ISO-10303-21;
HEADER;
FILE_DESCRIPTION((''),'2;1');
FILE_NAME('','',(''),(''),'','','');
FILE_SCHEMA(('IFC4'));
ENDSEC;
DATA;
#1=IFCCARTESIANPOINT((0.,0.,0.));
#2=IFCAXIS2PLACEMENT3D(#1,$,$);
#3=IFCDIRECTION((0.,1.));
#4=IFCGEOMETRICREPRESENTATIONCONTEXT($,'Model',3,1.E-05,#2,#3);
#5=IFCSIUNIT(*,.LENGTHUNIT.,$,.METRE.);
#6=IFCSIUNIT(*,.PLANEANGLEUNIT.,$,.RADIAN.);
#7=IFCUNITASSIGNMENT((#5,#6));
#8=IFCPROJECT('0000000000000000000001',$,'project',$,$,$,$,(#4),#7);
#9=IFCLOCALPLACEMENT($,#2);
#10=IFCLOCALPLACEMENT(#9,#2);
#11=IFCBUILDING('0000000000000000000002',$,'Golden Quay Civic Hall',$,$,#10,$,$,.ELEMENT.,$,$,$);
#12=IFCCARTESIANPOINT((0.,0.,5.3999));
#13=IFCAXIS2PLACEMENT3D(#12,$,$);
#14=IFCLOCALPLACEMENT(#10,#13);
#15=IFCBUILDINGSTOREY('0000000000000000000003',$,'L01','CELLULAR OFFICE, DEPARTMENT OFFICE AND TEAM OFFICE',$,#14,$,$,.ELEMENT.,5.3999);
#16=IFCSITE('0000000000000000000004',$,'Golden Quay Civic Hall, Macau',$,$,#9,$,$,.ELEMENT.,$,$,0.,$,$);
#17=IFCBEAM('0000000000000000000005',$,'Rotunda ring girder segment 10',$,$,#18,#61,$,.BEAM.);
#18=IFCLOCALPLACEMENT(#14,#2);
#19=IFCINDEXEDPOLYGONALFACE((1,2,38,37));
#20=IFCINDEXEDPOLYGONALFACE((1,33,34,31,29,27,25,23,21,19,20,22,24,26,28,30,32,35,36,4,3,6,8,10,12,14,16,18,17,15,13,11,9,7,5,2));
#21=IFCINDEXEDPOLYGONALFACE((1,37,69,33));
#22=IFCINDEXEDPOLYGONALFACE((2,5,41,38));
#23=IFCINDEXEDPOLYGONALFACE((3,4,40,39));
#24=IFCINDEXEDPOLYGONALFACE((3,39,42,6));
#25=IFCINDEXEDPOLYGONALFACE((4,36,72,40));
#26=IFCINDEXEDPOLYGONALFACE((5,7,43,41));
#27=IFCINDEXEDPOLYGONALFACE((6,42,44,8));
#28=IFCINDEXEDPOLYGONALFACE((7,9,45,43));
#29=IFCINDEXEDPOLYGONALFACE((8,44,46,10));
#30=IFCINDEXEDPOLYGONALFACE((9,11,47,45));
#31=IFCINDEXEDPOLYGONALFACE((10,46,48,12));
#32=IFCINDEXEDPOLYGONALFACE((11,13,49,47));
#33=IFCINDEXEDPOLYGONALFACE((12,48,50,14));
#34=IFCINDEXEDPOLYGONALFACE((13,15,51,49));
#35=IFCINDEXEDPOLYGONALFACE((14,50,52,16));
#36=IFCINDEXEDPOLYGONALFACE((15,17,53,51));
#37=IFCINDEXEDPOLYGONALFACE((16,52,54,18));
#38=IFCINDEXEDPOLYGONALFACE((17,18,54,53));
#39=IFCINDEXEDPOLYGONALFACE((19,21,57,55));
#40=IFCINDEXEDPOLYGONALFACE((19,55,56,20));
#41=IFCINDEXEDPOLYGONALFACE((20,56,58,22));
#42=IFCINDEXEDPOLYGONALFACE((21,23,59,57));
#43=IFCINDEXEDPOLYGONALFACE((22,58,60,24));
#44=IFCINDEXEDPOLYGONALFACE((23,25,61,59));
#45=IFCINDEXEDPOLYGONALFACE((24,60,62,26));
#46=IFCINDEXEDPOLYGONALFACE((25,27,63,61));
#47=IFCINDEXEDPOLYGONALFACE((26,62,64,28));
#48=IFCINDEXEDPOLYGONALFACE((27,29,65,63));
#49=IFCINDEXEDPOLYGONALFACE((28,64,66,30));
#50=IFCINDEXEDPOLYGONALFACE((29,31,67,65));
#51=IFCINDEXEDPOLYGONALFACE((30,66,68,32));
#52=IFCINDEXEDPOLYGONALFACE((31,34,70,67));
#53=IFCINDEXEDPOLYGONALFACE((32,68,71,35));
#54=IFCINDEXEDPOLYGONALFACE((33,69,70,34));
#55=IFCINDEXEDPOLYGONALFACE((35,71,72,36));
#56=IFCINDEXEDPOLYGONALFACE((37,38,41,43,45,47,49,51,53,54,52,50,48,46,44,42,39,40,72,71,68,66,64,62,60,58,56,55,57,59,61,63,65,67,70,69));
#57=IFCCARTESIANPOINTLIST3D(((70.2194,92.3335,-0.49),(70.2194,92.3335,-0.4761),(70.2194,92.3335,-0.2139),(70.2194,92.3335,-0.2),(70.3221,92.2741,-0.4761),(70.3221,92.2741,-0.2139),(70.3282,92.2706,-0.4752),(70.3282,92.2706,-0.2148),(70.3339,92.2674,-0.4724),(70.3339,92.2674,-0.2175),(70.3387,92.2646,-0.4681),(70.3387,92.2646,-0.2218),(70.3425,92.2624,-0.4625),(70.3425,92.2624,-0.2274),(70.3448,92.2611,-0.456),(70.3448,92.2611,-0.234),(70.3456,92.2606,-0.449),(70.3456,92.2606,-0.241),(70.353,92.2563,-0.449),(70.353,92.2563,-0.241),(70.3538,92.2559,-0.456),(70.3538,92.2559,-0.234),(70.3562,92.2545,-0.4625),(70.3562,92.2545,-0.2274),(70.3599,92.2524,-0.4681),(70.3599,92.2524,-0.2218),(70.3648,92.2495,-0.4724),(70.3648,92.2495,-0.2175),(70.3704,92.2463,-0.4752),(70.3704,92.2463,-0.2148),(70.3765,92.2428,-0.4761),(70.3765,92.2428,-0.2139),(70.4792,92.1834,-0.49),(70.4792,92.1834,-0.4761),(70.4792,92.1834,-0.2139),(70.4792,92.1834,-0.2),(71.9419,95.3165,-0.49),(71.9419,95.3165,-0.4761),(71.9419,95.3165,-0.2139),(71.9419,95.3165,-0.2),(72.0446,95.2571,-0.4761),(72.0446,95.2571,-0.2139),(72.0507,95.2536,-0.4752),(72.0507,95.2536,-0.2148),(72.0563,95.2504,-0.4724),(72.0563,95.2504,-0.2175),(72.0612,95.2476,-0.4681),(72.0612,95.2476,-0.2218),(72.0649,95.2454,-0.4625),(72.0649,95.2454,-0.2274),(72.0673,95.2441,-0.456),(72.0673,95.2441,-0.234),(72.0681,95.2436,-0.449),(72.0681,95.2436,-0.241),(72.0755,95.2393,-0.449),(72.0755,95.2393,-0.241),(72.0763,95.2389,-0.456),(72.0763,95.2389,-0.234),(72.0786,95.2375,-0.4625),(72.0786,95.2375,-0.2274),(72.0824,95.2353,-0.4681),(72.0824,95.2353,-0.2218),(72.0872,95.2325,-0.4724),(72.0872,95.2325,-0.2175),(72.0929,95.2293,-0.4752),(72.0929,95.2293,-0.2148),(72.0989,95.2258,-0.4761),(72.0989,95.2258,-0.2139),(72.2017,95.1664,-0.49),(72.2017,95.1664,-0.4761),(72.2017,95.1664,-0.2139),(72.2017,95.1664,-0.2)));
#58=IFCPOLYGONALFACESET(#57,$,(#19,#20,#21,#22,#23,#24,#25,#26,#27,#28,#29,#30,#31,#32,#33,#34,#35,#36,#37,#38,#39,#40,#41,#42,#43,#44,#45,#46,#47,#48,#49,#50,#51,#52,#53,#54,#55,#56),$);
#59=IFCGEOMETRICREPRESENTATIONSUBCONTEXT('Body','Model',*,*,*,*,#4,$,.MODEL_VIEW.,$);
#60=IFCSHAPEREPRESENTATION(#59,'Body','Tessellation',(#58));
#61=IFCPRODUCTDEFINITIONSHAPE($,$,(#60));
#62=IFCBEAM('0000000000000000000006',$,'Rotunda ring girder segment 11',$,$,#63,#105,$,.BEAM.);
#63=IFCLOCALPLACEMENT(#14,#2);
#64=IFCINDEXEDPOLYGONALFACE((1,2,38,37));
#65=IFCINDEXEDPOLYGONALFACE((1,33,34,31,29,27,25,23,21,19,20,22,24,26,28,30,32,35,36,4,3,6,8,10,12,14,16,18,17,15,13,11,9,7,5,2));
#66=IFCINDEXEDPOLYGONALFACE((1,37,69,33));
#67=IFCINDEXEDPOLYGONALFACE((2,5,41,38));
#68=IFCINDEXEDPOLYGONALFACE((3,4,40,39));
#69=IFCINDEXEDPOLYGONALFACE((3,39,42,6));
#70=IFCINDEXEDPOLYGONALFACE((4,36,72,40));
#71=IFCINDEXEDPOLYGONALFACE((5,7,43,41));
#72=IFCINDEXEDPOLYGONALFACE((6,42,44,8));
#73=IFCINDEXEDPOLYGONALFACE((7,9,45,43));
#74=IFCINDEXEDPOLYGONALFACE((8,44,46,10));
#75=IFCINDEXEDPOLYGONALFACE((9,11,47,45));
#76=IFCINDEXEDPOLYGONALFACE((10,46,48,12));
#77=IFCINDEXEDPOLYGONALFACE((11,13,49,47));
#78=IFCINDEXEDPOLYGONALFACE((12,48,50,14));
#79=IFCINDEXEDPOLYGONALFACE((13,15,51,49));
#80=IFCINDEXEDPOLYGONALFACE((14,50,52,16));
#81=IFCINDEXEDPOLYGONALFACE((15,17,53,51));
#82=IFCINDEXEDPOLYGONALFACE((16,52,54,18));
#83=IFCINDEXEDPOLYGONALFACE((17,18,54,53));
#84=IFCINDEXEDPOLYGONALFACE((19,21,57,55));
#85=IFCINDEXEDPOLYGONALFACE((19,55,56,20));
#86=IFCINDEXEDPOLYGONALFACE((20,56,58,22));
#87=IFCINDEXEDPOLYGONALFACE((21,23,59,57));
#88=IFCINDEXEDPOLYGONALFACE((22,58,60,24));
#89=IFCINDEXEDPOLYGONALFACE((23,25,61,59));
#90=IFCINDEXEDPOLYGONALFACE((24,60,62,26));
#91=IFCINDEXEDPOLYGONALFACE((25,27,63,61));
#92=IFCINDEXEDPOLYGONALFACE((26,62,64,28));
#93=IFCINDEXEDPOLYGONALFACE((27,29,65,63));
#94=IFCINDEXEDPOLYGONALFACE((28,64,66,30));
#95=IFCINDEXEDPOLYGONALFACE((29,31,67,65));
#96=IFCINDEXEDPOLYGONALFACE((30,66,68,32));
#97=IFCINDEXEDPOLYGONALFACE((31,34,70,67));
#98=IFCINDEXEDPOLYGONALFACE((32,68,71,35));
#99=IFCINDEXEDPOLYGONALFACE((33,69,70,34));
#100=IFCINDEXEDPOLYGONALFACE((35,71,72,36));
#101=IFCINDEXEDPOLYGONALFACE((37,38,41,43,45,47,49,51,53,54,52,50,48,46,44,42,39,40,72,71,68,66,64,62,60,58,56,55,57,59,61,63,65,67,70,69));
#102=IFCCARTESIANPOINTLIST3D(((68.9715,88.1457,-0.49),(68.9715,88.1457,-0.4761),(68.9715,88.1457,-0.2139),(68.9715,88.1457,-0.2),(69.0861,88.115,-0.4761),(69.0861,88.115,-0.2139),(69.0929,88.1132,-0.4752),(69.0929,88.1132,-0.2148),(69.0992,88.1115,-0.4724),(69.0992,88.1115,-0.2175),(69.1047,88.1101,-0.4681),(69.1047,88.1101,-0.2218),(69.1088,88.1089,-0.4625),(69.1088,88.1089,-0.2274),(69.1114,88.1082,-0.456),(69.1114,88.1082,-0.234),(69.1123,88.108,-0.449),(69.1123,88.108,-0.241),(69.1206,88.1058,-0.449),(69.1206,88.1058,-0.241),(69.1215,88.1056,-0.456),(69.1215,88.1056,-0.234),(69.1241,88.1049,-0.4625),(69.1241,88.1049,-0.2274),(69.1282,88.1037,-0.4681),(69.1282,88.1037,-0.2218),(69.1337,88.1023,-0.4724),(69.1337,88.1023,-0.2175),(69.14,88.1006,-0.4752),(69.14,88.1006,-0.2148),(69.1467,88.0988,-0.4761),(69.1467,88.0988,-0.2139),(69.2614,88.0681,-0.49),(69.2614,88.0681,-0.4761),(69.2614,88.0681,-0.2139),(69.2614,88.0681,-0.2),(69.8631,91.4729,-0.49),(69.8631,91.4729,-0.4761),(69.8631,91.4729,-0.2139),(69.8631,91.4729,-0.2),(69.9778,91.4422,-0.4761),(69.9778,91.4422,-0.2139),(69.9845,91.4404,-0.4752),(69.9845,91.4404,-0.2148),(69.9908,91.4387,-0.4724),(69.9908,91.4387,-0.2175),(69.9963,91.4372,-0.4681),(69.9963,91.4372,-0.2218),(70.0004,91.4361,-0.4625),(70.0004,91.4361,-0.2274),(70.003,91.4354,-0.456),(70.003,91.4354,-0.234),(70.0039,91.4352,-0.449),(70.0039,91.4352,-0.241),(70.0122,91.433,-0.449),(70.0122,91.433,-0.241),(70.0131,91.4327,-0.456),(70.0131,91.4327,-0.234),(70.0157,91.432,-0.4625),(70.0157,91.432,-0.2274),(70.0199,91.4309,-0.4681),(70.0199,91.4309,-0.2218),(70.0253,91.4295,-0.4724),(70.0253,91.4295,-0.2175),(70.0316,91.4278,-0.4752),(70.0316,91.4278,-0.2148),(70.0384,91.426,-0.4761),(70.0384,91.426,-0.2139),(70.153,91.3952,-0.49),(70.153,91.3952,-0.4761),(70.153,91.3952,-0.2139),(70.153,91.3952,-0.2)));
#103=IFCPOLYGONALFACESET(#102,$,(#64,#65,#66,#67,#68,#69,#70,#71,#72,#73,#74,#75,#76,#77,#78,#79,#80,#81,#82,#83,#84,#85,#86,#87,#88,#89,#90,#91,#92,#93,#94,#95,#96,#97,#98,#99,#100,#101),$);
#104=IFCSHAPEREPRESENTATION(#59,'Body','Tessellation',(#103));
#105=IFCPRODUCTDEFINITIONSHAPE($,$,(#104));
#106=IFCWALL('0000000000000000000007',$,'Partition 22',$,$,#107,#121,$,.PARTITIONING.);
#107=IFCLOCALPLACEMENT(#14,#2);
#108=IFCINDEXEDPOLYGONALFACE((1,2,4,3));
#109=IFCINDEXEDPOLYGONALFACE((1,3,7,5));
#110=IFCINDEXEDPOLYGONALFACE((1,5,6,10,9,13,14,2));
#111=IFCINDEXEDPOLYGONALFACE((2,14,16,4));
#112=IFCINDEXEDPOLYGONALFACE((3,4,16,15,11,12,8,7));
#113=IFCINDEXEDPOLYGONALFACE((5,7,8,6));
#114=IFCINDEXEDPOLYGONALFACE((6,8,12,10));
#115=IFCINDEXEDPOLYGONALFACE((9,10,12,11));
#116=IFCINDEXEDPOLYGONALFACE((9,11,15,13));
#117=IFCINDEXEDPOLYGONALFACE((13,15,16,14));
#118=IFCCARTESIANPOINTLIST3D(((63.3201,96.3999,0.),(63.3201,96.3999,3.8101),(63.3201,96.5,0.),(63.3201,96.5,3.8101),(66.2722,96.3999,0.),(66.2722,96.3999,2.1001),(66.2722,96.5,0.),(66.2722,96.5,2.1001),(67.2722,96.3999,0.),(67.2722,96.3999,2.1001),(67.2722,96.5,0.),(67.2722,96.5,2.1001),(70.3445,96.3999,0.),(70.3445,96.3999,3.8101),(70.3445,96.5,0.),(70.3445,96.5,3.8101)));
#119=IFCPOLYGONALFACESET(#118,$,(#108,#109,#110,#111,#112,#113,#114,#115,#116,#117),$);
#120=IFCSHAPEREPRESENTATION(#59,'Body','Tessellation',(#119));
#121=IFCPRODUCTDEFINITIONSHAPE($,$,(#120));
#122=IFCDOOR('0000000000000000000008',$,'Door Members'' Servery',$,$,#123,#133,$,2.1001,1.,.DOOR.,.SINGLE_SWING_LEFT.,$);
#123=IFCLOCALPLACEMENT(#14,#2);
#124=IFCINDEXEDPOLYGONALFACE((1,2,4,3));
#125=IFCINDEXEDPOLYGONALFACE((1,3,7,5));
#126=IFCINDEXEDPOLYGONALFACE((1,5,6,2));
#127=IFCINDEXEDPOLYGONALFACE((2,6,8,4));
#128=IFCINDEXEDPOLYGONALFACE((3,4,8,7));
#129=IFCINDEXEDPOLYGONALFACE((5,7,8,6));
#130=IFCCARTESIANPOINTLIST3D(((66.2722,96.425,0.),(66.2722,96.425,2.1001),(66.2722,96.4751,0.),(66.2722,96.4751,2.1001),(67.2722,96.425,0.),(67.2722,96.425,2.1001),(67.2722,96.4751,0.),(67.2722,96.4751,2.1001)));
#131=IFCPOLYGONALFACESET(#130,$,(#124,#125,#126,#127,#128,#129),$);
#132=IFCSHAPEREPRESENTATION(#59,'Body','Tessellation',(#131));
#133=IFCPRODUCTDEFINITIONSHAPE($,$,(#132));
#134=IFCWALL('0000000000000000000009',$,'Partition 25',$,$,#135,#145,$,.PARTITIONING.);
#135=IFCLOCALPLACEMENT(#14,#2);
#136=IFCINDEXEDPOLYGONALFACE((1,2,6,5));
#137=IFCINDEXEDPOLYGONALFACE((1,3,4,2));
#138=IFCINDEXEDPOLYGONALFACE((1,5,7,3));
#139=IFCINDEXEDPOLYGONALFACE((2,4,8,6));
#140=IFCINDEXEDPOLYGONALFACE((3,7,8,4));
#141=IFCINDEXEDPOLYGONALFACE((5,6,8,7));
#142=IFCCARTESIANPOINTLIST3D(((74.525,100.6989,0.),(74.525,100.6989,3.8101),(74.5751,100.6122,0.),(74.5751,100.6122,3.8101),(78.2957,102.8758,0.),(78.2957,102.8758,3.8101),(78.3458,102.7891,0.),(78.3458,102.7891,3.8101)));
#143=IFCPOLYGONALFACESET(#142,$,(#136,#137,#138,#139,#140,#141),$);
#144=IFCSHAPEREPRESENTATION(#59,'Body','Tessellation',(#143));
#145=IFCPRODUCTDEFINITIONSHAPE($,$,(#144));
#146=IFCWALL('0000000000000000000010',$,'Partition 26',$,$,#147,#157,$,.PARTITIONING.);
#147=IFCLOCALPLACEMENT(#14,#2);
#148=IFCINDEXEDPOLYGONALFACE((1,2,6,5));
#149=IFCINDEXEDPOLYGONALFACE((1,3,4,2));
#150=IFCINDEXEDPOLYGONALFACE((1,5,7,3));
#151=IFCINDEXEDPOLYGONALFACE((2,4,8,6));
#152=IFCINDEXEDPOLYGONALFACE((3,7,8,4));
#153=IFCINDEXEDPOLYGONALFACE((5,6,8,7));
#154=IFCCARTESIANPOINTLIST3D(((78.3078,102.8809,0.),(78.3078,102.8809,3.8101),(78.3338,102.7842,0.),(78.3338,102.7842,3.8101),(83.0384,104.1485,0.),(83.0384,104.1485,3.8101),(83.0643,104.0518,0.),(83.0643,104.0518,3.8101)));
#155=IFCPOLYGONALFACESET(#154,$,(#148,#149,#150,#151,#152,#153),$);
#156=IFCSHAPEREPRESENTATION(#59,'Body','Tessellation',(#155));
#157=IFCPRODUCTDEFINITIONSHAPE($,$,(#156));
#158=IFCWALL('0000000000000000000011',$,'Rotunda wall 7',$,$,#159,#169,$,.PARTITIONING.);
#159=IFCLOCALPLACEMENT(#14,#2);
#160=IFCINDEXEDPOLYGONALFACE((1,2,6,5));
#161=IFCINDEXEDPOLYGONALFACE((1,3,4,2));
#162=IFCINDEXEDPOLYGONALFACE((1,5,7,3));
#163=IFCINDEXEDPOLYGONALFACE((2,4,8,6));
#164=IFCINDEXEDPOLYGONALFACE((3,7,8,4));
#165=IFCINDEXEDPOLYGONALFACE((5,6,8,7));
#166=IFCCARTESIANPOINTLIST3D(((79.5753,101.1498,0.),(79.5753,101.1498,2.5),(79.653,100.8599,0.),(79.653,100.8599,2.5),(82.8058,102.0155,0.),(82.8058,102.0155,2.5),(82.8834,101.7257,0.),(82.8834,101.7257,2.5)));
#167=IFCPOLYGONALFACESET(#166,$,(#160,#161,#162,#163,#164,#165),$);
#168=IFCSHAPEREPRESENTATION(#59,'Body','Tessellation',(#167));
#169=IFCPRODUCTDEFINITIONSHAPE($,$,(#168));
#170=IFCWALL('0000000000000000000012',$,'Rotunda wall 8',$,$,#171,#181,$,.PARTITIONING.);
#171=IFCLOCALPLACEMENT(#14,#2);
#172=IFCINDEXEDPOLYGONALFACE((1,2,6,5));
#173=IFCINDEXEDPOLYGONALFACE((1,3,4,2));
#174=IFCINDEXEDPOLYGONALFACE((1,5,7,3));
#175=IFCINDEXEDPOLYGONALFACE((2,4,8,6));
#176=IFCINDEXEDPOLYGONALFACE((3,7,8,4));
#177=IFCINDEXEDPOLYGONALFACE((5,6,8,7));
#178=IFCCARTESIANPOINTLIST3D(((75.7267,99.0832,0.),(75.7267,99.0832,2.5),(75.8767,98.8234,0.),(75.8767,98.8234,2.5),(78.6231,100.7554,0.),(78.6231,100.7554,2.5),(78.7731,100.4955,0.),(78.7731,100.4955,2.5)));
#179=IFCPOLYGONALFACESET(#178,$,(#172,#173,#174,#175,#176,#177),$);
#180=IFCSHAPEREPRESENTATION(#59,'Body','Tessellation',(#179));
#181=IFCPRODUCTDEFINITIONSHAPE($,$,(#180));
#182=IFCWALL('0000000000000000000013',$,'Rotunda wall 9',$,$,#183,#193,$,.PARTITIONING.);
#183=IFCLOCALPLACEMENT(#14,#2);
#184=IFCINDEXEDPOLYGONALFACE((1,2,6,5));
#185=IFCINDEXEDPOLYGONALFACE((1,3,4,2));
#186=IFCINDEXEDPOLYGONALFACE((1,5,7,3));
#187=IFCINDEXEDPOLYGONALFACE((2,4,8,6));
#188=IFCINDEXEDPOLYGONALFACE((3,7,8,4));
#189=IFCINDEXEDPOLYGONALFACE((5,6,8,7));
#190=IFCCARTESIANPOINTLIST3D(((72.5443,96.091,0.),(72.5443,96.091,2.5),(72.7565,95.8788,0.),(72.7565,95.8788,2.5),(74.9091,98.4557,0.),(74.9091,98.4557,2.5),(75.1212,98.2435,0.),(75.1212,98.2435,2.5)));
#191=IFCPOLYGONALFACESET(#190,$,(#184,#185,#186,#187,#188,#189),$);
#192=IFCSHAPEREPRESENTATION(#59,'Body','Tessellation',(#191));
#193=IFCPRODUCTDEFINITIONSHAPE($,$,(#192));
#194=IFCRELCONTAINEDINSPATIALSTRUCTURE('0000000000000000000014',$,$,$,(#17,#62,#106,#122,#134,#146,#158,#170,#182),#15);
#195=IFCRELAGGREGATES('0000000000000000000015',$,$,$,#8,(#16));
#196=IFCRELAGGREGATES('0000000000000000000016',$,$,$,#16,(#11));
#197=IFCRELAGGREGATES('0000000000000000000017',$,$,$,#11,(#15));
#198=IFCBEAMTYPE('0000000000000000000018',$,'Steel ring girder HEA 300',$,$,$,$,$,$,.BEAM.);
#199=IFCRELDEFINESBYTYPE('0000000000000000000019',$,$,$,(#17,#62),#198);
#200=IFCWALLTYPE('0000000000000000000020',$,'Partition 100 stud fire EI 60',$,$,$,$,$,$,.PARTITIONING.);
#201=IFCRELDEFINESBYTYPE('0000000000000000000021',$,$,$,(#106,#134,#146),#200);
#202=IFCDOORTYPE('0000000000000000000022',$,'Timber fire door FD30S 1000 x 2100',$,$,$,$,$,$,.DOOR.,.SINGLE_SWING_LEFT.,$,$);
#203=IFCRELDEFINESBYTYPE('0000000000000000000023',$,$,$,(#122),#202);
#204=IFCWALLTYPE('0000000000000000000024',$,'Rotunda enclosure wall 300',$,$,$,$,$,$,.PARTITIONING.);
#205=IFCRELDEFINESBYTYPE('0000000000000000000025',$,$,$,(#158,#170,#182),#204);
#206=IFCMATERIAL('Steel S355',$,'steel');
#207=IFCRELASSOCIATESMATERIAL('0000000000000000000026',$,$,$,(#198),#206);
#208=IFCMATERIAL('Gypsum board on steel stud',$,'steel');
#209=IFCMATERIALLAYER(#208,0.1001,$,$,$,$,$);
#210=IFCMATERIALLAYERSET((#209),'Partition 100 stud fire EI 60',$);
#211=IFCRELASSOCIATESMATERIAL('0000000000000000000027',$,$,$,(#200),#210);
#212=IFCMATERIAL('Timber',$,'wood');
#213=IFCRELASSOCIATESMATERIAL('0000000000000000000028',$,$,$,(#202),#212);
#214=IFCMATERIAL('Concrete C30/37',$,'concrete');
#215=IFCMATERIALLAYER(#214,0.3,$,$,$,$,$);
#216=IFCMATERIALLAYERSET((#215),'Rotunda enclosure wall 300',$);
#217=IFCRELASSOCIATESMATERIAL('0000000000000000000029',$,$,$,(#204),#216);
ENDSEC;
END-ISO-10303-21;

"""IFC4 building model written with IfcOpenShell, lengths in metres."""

from ifc_helpers import new_model, si_unit, direction, frame, frame_2d, origin, origin_2d, place, context, subcontext, project, spatial, rectangle, i_section, extrude, material, layer, layer_set, material_profile, profile_set, type_object, element, fill, save


model = new_model("IFC4")

# Units and contexts
model_context = context("Model", 3, precision=1e-05, world=origin(), true_north=direction((0.0, 1.0)))
body_context = subcontext(model_context, "Body", "Model", "MODEL_VIEW")
ifc_project = project(units=[si_unit("LENGTHUNIT", "METRE"), si_unit("PLANEANGLEUNIT", "RADIAN")], contexts=[model_context])

# Site, building, storey
site_placement = place(None, origin())
site = spatial("IfcSite", under=ifc_project, at=site_placement, Name="Golden Quay Civic Hall, Macau", CompositionType="ELEMENT", RefElevation=0.0)
building_placement = place(site_placement, origin())
building = spatial("IfcBuilding", under=site, at=building_placement, Name="Golden Quay Civic Hall", CompositionType="ELEMENT")
storey_placement = place(building_placement, frame((0.0, 0.0, 5.3999)))
storey = spatial("IfcBuildingStorey", under=building, at=storey_placement, Name="L01", Description="CELLULAR OFFICE, DEPARTMENT OFFICE AND TEAM OFFICE", CompositionType="ELEMENT", Elevation=5.3999)

# Beams
ifc_material_1 = material(Name="Steel S355", Category="steel")
ifc_material_profile_1 = material_profile(ifc_material_1, i_section(OverallWidth=0.3, OverallDepth=0.29, WebThickness=0.0085, FlangeThickness=0.0139, FilletRadius=0.0271, at=origin_2d()), Name="HEA 300")
ifc_profile_set_1 = profile_set([ifc_material_profile_1], Name="Steel S355")
beam_type_1 = type_object("IfcBeamType", Name="Steel ring girder HEA 300", PredefinedType="BEAM", material=ifc_profile_set_1)
for number, where, z_axis, x_axis, name in (
    (1, (72.0718, 95.2415, -0.345), (-0.50005, -0.865997, 0.0), (0.865997, -0.50005, 0.0), "Rotunda ring girder segment 10"),
    (2, (70.0081, 91.4341, -0.345), (-0.258845, -0.965919, 0.0), (0.965919, -0.258845, 0.0), "Rotunda ring girder segment 11"),
):
    element("IfcBeam", number, at=place(storey_placement, frame(where, z_axis=z_axis, x_axis=x_axis)), inside=storey, type_object=beam_type_1, Name=name, PredefinedType="BEAM", context=body_context, shape_type="SweptSolid", body=[
        extrude(i_section(OverallWidth=0.3, OverallDepth=0.29, WebThickness=0.0085, FlangeThickness=0.0139, FilletRadius=0.0271, at=origin_2d()), origin(), (0.0, 0.0, 1.0), 3.4446),
    ])

# Wall, opening, door
ifc_material_2 = material(Name="Gypsum board on steel stud", Category="steel")
ifc_layer_1 = layer(ifc_material_2, 0.1001)
ifc_layer_set_1 = layer_set([ifc_layer_1], Name="Partition 100 stud fire EI 60")
wall_type_1 = type_object("IfcWallType", Name="Partition 100 stud fire EI 60", PredefinedType="PARTITIONING", material=ifc_layer_set_1)
wall_1_placement = place(storey_placement, frame((70.3445, 96.45, 0.0), z_axis=(0.0, 0.0, 1.0), x_axis=(-1.0, 0.0, 0.0)))
wall_1 = element("IfcWall", 3, at=wall_1_placement, inside=storey, type_object=wall_type_1, Name="Partition 22", PredefinedType="PARTITIONING", context=body_context, shape_type="SweptSolid", body=[
    extrude(rectangle(XDim=7.0244, YDim=0.1001, at=frame_2d((3.5122, 0.0))), origin(), (0.0, 0.0, 1.0), 3.8101),
])
opening_placement = place(wall_1_placement, frame((3.0723, 0.0, 0.0)))
opening = element("IfcOpeningElement", 4, at=opening_placement, cuts=wall_1, PredefinedType="OPENING", context=body_context, shape_type="SweptSolid", body=[
    extrude(rectangle(XDim=1.0, YDim=2.1001, at=frame_2d((0.5, 1.05))), frame((0.0, 0.0601, 0.0), z_axis=(0.0, -1.0, 0.0), x_axis=(1.0, 0.0, 0.0)), (0.0, 0.0, 1.0), 0.1201),
])
ifc_material_3 = material(Name="Timber", Category="wood")
door_type = type_object("IfcDoorType", Name="Timber fire door FD30S 1000 x 2100", OperationType="SINGLE_SWING_LEFT", PredefinedType="DOOR", material=ifc_material_3)
door_placement = place(opening_placement, origin())
door = element("IfcDoor", 5, at=door_placement, inside=storey, type_object=door_type, Name="Door Members' Servery", OperationType="SINGLE_SWING_LEFT", OverallHeight=2.1001, OverallWidth=1.0, PredefinedType="DOOR", context=body_context, shape_type="SweptSolid", body=[
    extrude(rectangle(XDim=1.0, YDim=2.1001, at=frame_2d((0.5, 1.05))), frame((0.0, 0.0249, 0.0), z_axis=(0.0, -1.0, 0.0), x_axis=(1.0, 0.0, 0.0)), (0.0, 0.0, 1.0), 0.05),
])
fill(opening, door)

# Walls
wall_2_placement = place(storey_placement, frame((74.55, 100.6555, 0.0), z_axis=(0.0, 0.0, 1.0), x_axis=(0.86603, 0.499993, 0.0)))
element("IfcWall", 6, at=wall_2_placement, inside=storey, type_object=wall_type_1, Name="Partition 25", PredefinedType="PARTITIONING", context=body_context, shape_type="SweptSolid", body=[
    extrude(rectangle(XDim=4.354, YDim=0.1001, at=frame_2d((2.177, 0.0))), origin(), (0.0, 0.0, 1.0), 3.8101),
])
wall_3_placement = place(storey_placement, frame((78.3208, 102.8325, 0.0), z_axis=(0.0, 0.0, 1.0), x_axis=(0.965923, 0.258829, 0.0)))
element("IfcWall", 7, at=wall_3_placement, inside=storey, type_object=wall_type_1, Name="Partition 26", PredefinedType="PARTITIONING", context=body_context, shape_type="SweptSolid", body=[
    extrude(rectangle(XDim=4.8975, YDim=0.1001, at=frame_2d((2.4487, 0.0))), origin(), (0.0, 0.0, 1.0), 3.8101),
])
ifc_material_4 = material(Name="Concrete C30/37", Category="concrete")
ifc_layer_2 = layer(ifc_material_4, 0.3)
ifc_layer_set_2 = layer_set([ifc_layer_2], Name="Rotunda enclosure wall 300")
wall_type_2 = type_object("IfcWallType", Name="Rotunda enclosure wall 300", PredefinedType="PARTITIONING", material=ifc_layer_set_2)
for number, where, z_axis, x_axis, name in (
    (8, (82.8447, 101.8706, 0.0), (0.0, 0.0, 1.0), (-0.965917, -0.258853, 0.0), "Rotunda wall 7"),
    (9, (78.6982, 100.6255, 0.0), (0.0, 0.0, 1.0), (-0.866047, -0.499963, 0.0), "Rotunda wall 8"),
):
    element("IfcWall", number, at=place(storey_placement, frame(where, z_axis=z_axis, x_axis=x_axis)), inside=storey, type_object=wall_type_2, Name=name, PredefinedType="PARTITIONING", context=body_context, shape_type="SweptSolid", body=[
        extrude(rectangle(XDim=3.3445, YDim=0.3, at=frame_2d((1.6724, 0.0))), origin(), (0.0, 0.0, 1.0), 2.5),
    ])
wall_4_placement = place(storey_placement, frame((75.0151, 98.3496, 0.0), z_axis=(0.0, 0.0, 1.0), x_axis=(-0.707107, -0.707107, 0.0)))
element("IfcWall", 10, at=wall_4_placement, inside=storey, type_object=wall_type_2, Name="Rotunda wall 9", PredefinedType="PARTITIONING", context=body_context, shape_type="SweptSolid", body=[
    extrude(rectangle(XDim=3.3442, YDim=0.3, at=frame_2d((1.6721, 0.0))), origin(), (0.0, 0.0, 1.0), 2.5),
])

save(model, "model.ifc")
